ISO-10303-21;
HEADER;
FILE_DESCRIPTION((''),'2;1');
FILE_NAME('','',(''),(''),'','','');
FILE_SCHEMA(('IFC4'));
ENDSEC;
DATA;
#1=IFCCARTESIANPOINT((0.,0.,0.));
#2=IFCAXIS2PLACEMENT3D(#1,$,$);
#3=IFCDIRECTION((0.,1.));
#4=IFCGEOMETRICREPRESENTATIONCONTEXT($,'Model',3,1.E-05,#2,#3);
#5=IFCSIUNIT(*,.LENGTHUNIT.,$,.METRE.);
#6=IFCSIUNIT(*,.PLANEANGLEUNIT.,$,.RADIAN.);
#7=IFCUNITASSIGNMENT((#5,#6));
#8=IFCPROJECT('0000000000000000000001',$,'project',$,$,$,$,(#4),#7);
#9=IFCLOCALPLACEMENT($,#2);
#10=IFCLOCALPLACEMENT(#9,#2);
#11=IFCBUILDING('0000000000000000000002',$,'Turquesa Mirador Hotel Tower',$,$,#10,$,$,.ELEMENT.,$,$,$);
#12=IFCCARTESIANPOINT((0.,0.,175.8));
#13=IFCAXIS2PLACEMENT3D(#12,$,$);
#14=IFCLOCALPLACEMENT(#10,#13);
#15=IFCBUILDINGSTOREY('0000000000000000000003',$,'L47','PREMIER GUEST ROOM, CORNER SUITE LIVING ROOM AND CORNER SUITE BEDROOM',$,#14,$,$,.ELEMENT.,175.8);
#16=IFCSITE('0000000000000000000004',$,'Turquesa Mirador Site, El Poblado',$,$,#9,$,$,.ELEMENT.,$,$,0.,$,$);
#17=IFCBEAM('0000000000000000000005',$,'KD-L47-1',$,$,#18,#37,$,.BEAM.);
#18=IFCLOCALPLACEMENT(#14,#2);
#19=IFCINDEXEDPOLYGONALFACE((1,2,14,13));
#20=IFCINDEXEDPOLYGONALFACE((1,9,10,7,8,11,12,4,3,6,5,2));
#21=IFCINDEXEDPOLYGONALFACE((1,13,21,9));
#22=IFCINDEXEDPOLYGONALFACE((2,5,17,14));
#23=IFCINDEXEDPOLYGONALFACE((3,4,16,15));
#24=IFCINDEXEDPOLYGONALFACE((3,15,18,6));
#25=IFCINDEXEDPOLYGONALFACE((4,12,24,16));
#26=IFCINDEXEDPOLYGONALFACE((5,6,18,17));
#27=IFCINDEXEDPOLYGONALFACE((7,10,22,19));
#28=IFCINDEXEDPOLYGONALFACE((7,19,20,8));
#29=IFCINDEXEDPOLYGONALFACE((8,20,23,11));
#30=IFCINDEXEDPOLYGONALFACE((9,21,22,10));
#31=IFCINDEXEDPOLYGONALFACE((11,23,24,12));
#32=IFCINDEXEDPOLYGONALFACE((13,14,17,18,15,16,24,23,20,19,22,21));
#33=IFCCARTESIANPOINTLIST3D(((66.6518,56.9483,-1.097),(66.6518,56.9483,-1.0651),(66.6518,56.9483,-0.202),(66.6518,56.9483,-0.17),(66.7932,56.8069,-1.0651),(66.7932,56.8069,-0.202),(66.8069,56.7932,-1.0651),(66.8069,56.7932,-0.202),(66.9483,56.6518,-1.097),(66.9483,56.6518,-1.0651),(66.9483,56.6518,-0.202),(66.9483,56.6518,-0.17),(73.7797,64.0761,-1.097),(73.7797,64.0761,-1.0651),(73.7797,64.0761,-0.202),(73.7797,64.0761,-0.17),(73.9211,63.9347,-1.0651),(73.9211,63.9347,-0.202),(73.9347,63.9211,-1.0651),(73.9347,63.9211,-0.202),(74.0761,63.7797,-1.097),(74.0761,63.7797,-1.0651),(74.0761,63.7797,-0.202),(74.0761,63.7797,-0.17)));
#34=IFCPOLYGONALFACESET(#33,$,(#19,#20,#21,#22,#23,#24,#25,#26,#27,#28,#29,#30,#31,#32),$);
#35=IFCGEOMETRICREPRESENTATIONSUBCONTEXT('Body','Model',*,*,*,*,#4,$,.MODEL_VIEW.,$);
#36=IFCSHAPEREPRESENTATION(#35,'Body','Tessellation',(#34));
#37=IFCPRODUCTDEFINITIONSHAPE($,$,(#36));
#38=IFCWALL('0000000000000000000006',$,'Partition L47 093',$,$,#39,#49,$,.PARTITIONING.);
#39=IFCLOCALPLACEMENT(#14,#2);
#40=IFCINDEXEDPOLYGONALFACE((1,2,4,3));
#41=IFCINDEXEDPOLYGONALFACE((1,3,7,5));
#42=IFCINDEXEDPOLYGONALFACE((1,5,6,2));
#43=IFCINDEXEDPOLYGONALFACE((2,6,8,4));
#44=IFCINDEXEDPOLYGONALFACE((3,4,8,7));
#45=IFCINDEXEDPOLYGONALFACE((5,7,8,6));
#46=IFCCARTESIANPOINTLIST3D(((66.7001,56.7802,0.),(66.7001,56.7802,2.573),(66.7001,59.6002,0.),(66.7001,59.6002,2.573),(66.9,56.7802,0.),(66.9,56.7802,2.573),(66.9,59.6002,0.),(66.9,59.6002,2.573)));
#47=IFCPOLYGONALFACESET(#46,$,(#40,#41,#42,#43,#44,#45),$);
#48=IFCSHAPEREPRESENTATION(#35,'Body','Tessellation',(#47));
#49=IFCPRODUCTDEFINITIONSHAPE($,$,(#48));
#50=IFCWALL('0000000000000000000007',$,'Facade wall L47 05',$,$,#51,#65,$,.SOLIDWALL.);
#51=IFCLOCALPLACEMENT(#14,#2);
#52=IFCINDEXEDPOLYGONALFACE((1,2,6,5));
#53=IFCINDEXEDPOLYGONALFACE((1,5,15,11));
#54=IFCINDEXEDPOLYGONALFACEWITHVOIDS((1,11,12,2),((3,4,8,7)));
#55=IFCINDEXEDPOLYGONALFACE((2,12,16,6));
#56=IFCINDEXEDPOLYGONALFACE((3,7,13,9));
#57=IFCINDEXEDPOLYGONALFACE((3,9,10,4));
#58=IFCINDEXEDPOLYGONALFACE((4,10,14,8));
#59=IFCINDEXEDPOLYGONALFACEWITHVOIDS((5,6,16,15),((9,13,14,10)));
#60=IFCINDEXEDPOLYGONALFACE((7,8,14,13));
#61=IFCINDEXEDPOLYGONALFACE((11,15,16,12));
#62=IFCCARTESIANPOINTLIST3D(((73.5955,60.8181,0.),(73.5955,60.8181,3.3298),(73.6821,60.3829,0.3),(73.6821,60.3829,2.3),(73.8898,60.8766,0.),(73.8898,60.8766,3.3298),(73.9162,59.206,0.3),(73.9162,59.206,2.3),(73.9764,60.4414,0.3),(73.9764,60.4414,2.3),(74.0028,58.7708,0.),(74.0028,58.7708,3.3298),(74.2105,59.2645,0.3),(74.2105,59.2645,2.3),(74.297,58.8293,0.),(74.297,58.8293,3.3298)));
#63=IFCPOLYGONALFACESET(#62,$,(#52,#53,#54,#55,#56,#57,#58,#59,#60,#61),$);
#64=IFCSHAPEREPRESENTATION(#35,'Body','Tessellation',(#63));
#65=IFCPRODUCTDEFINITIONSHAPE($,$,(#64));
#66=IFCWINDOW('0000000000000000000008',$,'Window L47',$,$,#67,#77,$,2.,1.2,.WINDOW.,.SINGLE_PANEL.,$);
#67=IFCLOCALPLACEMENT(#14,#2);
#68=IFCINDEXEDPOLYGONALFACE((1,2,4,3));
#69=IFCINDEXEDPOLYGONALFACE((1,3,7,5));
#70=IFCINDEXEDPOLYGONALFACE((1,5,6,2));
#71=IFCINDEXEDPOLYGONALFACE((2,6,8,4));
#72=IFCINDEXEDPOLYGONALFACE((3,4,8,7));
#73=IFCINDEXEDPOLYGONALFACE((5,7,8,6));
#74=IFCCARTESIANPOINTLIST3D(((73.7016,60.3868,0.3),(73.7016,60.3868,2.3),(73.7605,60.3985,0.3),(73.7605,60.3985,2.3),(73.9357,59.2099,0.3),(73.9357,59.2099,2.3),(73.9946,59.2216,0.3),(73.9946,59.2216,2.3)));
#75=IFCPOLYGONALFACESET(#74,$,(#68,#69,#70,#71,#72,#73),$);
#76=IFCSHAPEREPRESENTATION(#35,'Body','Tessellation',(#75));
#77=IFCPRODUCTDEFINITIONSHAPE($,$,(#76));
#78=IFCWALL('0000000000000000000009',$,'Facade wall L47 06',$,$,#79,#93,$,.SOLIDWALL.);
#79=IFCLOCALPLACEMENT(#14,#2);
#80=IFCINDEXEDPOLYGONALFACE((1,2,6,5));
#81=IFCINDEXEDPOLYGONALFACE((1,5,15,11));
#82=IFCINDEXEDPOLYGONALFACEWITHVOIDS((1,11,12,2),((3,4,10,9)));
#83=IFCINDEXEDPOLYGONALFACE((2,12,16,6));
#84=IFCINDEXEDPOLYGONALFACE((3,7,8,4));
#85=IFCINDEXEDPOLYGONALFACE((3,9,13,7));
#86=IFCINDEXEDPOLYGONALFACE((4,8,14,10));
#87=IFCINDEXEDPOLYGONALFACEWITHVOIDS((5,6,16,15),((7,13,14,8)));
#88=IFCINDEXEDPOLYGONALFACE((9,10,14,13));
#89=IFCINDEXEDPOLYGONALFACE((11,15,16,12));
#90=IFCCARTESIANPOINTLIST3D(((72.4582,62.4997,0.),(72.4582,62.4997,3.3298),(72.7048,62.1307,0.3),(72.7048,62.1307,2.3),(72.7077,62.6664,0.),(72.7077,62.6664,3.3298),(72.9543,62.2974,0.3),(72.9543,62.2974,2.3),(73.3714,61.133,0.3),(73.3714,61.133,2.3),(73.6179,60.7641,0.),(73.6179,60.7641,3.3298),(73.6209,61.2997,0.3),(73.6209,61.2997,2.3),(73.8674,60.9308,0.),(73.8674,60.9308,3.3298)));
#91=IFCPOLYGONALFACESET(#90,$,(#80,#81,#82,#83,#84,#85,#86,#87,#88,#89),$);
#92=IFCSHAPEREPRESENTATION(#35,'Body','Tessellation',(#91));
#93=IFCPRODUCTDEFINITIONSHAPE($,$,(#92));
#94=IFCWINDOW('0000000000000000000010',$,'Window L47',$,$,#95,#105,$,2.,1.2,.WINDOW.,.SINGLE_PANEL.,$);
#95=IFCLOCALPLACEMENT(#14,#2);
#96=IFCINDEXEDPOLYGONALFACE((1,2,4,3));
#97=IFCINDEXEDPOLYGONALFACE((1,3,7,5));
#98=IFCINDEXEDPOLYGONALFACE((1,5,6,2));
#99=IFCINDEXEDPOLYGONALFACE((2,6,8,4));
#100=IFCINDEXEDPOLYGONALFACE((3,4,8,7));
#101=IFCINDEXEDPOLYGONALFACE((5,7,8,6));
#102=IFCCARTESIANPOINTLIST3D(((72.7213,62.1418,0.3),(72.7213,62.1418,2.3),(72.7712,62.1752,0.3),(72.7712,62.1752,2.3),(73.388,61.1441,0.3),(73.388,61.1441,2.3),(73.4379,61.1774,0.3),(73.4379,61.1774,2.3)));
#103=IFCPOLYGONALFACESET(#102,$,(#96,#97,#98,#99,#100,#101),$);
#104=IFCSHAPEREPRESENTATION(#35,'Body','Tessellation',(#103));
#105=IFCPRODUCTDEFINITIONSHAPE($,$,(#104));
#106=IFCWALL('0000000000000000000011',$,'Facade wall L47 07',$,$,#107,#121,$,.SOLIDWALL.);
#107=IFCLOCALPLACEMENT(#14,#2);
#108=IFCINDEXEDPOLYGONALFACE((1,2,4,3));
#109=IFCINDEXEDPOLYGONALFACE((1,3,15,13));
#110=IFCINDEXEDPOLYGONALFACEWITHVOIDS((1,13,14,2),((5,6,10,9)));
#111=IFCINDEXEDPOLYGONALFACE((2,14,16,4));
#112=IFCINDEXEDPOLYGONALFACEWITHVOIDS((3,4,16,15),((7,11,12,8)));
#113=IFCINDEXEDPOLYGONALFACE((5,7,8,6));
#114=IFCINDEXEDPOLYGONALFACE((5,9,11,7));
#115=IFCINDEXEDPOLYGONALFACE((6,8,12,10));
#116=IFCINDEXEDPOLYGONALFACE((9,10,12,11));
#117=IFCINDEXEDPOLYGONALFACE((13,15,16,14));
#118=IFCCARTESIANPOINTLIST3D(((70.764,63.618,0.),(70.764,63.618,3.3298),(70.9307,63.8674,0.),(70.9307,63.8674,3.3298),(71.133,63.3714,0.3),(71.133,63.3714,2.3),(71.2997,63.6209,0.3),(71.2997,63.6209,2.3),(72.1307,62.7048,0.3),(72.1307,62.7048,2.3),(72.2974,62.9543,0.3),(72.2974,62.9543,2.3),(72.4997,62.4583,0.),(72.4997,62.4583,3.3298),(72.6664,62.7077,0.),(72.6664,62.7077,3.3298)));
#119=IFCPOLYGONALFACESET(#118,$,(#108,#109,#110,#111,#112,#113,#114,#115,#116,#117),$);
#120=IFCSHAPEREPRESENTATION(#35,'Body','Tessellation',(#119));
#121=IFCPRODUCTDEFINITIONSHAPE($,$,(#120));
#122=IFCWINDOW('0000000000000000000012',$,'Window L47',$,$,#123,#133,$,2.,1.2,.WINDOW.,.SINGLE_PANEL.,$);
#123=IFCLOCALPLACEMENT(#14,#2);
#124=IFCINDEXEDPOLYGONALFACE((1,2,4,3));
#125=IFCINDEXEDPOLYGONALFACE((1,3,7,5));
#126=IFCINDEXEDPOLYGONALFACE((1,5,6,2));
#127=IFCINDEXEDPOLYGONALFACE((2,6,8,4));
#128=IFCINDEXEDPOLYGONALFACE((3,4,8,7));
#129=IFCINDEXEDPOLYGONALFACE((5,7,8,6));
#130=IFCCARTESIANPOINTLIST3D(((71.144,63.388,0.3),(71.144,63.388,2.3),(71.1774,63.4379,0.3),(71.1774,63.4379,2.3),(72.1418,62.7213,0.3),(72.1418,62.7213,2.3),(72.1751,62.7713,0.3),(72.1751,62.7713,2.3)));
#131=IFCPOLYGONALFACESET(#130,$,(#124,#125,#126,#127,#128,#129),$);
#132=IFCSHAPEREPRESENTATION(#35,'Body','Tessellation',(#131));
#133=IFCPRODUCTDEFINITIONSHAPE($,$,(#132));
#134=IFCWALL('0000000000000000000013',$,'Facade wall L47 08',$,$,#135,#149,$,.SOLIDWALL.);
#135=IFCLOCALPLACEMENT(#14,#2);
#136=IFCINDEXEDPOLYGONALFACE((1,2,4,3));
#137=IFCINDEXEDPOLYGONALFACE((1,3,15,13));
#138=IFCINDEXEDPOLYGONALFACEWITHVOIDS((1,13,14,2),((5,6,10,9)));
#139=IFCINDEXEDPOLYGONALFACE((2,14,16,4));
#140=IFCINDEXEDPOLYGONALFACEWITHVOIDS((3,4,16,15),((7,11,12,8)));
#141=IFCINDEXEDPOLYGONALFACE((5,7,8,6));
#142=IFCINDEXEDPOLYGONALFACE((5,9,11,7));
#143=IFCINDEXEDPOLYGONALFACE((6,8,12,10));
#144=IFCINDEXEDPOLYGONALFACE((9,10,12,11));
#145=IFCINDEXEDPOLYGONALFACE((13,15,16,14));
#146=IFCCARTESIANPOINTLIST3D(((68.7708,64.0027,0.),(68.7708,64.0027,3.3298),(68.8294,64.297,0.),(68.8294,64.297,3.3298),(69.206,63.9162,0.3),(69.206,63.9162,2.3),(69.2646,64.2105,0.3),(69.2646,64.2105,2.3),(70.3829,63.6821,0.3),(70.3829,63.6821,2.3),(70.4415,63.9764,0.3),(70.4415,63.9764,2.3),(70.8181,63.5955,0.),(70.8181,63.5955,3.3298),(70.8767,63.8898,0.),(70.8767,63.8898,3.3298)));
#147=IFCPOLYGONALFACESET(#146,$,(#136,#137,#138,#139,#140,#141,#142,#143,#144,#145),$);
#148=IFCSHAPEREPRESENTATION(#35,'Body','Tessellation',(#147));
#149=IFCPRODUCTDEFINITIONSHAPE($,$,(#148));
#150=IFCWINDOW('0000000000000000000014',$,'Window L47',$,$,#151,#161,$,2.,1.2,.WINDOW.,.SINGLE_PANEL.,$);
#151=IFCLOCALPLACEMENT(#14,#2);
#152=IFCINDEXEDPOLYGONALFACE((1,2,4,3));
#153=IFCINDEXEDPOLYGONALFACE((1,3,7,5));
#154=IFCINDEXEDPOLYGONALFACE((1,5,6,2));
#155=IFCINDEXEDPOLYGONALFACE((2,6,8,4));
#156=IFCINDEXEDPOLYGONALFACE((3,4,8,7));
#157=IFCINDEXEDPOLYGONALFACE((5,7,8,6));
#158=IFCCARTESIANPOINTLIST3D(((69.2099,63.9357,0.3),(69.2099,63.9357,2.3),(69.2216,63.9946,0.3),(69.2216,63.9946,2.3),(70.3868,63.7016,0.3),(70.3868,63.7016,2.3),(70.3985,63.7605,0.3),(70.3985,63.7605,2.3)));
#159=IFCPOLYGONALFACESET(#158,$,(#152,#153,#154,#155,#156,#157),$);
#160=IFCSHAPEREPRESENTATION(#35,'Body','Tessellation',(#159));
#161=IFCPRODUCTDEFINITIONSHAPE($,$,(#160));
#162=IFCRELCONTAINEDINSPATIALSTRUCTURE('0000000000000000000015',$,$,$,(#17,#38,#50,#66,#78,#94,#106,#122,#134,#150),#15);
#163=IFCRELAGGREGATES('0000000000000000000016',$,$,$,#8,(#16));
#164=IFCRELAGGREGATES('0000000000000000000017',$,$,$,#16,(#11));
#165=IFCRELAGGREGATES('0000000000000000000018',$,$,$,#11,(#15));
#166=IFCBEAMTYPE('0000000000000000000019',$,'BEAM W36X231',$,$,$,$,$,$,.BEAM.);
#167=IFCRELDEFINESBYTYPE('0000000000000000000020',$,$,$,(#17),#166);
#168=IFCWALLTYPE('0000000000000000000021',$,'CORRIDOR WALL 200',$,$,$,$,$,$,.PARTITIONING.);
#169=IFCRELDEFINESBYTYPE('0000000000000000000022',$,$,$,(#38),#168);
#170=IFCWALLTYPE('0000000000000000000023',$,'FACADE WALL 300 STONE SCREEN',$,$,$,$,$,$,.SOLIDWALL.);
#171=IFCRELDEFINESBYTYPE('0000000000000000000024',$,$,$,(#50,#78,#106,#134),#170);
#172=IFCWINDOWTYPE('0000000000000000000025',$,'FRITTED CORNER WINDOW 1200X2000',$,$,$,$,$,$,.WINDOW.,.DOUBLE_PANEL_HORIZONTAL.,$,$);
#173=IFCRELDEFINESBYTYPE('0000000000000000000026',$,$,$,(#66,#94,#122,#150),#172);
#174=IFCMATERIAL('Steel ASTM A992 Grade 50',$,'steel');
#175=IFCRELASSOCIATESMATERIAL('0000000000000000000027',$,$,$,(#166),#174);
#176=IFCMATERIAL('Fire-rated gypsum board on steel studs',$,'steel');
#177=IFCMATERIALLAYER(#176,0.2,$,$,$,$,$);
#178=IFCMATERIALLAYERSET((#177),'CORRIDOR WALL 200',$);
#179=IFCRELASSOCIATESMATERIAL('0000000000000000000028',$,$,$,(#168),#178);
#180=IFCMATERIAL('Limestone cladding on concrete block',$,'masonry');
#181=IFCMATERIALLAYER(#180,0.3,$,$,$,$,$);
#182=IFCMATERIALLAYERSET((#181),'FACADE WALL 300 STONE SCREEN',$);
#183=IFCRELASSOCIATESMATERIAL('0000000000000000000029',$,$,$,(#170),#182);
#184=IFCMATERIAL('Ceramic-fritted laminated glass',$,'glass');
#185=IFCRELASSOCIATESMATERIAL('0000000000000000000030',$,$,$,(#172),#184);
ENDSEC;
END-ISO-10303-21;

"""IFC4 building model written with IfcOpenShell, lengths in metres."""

from ifc_helpers import new_model, si_unit, direction, frame, frame_2d, origin, origin_2d, place, context, subcontext, project, spatial, rectangle, i_section, extrude, material, layer, layer_set, material_profile, profile_set, type_object, element, fill, save


model = new_model("IFC4")

# Units and contexts
model_context = context("Model", 3, precision=1e-05, world=origin(), true_north=direction((0.0, 1.0)))
body_context = subcontext(model_context, "Body", "Model", "MODEL_VIEW")
ifc_project = project(units=[si_unit("LENGTHUNIT", "METRE"), si_unit("PLANEANGLEUNIT", "RADIAN")], contexts=[model_context])

# Site, building, storey
site_placement = place(None, origin())
site = spatial("IfcSite", under=ifc_project, at=site_placement, Name="Turquesa Mirador Site, El Poblado", CompositionType="ELEMENT", RefElevation=0.0)
building_placement = place(site_placement, origin())
building = spatial("IfcBuilding", under=site, at=building_placement, Name="Turquesa Mirador Hotel Tower", CompositionType="ELEMENT")
storey_placement = place(building_placement, frame((0.0, 0.0, 175.8)))
storey = spatial("IfcBuildingStorey", under=building, at=storey_placement, Name="L47", Description="PREMIER GUEST ROOM, CORNER SUITE LIVING ROOM AND CORNER SUITE BEDROOM", CompositionType="ELEMENT", Elevation=175.8)

# Beam
ifc_material_1 = material(Name="Steel ASTM A992 Grade 50", Category="steel")
ifc_material_profile_1 = material_profile(ifc_material_1, i_section(OverallWidth=0.4192, OverallDepth=0.927, WebThickness=0.0193, FlangeThickness=0.032, at=origin_2d()), Name="W36X231")
ifc_profile_set_1 = profile_set([ifc_material_profile_1], Name="Steel ASTM A992 Grade 50")
beam_type_1 = type_object("IfcBeamType", Name="BEAM W36X231", PredefinedType="BEAM", material=ifc_profile_set_1)
beam_1_placement = place(storey_placement, frame((66.8, 56.8, -0.6335), z_axis=(0.707107, 0.707107, 0.0), x_axis=(-0.707107, 0.707107, 0.0)))
element("IfcBeam", 1, at=beam_1_placement, inside=storey, type_object=beam_type_1, Name="KD-L47-1", PredefinedType="BEAM", context=body_context, shape_type="SweptSolid", body=[
    extrude(i_section(OverallWidth=0.4192, OverallDepth=0.927, WebThickness=0.0193, FlangeThickness=0.032, at=origin_2d()), origin(), (0.0, 0.0, 1.0), 10.0803),
])

# Wall
ifc_material_2 = material(Name="Fire-rated gypsum board on steel studs", Category="steel")
ifc_layer_1 = layer(ifc_material_2, 0.2)
ifc_layer_set_1 = layer_set([ifc_layer_1], Name="CORRIDOR WALL 200")
wall_type_1 = type_object("IfcWallType", Name="CORRIDOR WALL 200", PredefinedType="PARTITIONING", material=ifc_layer_set_1)
wall_1_placement = place(storey_placement, frame((66.8, 56.78, 0.0), z_axis=(0.0, 0.0, 1.0), x_axis=(0.0, 1.0, 0.0)))
element("IfcWall", 2, at=wall_1_placement, inside=storey, type_object=wall_type_1, Name="Partition L47 093", PredefinedType="PARTITIONING", context=body_context, shape_type="SweptSolid", body=[
    extrude(rectangle(XDim=2.8201, YDim=0.2, at=frame_2d((1.4102, 0.0))), origin(), (0.0, 0.0, 1.0), 2.573),
])

# Walls, openings, windows
ifc_material_3 = material(Name="Limestone cladding on concrete block", Category="masonry")
ifc_layer_2 = layer(ifc_material_3, 0.3)
ifc_layer_set_2 = layer_set([ifc_layer_2], Name="FACADE WALL 300 STONE SCREEN")
wall_type_2 = type_object("IfcWallType", Name="FACADE WALL 300 STONE SCREEN", PredefinedType="SOLIDWALL", material=ifc_layer_set_2)
wall_2_placement = place(storey_placement, frame((74.1499, 58.8, 0.0), z_axis=(0.0, 0.0, 1.0), x_axis=(-0.195081, 0.980787, 0.0)))
wall_2 = element("IfcWall", 3, at=wall_2_placement, inside=storey, type_object=wall_type_2, Name="Facade wall L47 05", PredefinedType="SOLIDWALL", context=body_context, shape_type="SweptSolid", body=[
    extrude(rectangle(XDim=2.0874, YDim=0.3, at=frame_2d((1.0437, 0.0))), origin(), (0.0, 0.0, 1.0), 3.3298),
])
opening_1_placement = place(wall_2_placement, frame((0.4436, 0.0, 0.3)))
opening_1 = element("IfcOpeningElement", 4, at=opening_1_placement, cuts=wall_2, PredefinedType="OPENING", context=body_context, shape_type="SweptSolid", body=[
    extrude(rectangle(XDim=1.2, YDim=2.0, at=frame_2d((0.6001, 1.0))), frame((0.0, 0.1599, 0.0), z_axis=(0.0, -1.0, 0.0), x_axis=(1.0, 0.0, 0.0)), (0.0, 0.0, 1.0), 0.3201),
])
ifc_material_4 = material(Name="Ceramic-fritted laminated glass", Category="glass")
window_type_1 = type_object("IfcWindowType", Name="FRITTED CORNER WINDOW 1200X2000", PartitioningType="DOUBLE_PANEL_HORIZONTAL", PredefinedType="WINDOW", material=ifc_material_4)
window_1_placement = place(opening_1_placement, origin())
window_1 = element("IfcWindow", 5, at=window_1_placement, inside=storey, type_object=window_type_1, Name="Window L47", OverallHeight=2.0, OverallWidth=1.2, PartitioningType="SINGLE_PANEL", PredefinedType="WINDOW", context=body_context, shape_type="SweptSolid", body=[
    extrude(rectangle(XDim=1.2, YDim=2.0, at=frame_2d((0.6001, 1.0))), frame((0.0, 0.1301, 0.0), z_axis=(0.0, -1.0, 0.0), x_axis=(1.0, 0.0, 0.0)), (0.0, 0.0, 1.0), 0.0601),
])
fill(opening_1, window_1)
wall_3_placement = place(storey_placement, frame((73.7427, 60.8474, 0.0), z_axis=(0.0, 0.0, 1.0), x_axis=(-0.555564, 0.831474, 0.0)))
wall_3 = element("IfcWall", 6, at=wall_3_placement, inside=storey, type_object=wall_type_2, Name="Facade wall L47 06", PredefinedType="SOLIDWALL", context=body_context, shape_type="SweptSolid", body=[
    extrude(rectangle(XDim=2.0874, YDim=0.3, at=frame_2d((1.0437, 0.0))), origin(), (0.0, 0.0, 1.0), 3.3298),
])
opening_2_placement = place(wall_3_placement, frame((0.4436, 0.0, 0.3)))
opening_2 = element("IfcOpeningElement", 7, at=opening_2_placement, cuts=wall_3, PredefinedType="OPENING", context=body_context, shape_type="SweptSolid", body=[
    extrude(rectangle(XDim=1.2, YDim=2.0, at=frame_2d((0.6001, 1.0))), frame((0.0, 0.1599, 0.0), z_axis=(0.0, -1.0, 0.0), x_axis=(1.0, 0.0, 0.0)), (0.0, 0.0, 1.0), 0.3201),
])
window_2_placement = place(opening_2_placement, origin())
window_2 = element("IfcWindow", 8, at=window_2_placement, inside=storey, type_object=window_type_1, Name="Window L47", OverallHeight=2.0, OverallWidth=1.2, PartitioningType="SINGLE_PANEL", PredefinedType="WINDOW", context=body_context, shape_type="SweptSolid", body=[
    extrude(rectangle(XDim=1.2, YDim=2.0, at=frame_2d((0.6001, 1.0))), frame((0.0, 0.1301, 0.0), z_axis=(0.0, -1.0, 0.0), x_axis=(1.0, 0.0, 0.0)), (0.0, 0.0, 1.0), 0.0601),
])
fill(opening_2, window_2)
wall_4_placement = place(storey_placement, frame((72.583, 62.583, 0.0), z_axis=(0.0, 0.0, 1.0), x_axis=(-0.831474, 0.555564, 0.0)))
wall_4 = element("IfcWall", 9, at=wall_4_placement, inside=storey, type_object=wall_type_2, Name="Facade wall L47 07", PredefinedType="SOLIDWALL", context=body_context, shape_type="SweptSolid", body=[
    extrude(rectangle(XDim=2.0874, YDim=0.3, at=frame_2d((1.0437, 0.0))), origin(), (0.0, 0.0, 1.0), 3.3298),
])
opening_3_placement = place(wall_4_placement, frame((0.4436, 0.0, 0.3)))
opening_3 = element("IfcOpeningElement", 10, at=opening_3_placement, cuts=wall_4, PredefinedType="OPENING", context=body_context, shape_type="SweptSolid", body=[
    extrude(rectangle(XDim=1.2, YDim=2.0, at=frame_2d((0.6001, 1.0))), frame((0.0, 0.1599, 0.0), z_axis=(0.0, -1.0, 0.0), x_axis=(1.0, 0.0, 0.0)), (0.0, 0.0, 1.0), 0.3201),
])
window_3_placement = place(opening_3_placement, origin())
window_3 = element("IfcWindow", 11, at=window_3_placement, inside=storey, type_object=window_type_1, Name="Window L47", OverallHeight=2.0, OverallWidth=1.2, PartitioningType="SINGLE_PANEL", PredefinedType="WINDOW", context=body_context, shape_type="SweptSolid", body=[
    extrude(rectangle(XDim=1.2, YDim=2.0, at=frame_2d((0.6001, 1.0))), frame((0.0, 0.1301, 0.0), z_axis=(0.0, -1.0, 0.0), x_axis=(1.0, 0.0, 0.0)), (0.0, 0.0, 1.0), 0.0601),
])
fill(opening_3, window_3)
wall_5_placement = place(storey_placement, frame((70.8474, 63.7427, 0.0), z_axis=(0.0, 0.0, 1.0), x_axis=(-0.980787, 0.195081, 0.0)))
wall_5 = element("IfcWall", 12, at=wall_5_placement, inside=storey, type_object=wall_type_2, Name="Facade wall L47 08", PredefinedType="SOLIDWALL", context=body_context, shape_type="SweptSolid", body=[
    extrude(rectangle(XDim=2.0874, YDim=0.3, at=frame_2d((1.0437, 0.0))), origin(), (0.0, 0.0, 1.0), 3.3298),
])
opening_4_placement = place(wall_5_placement, frame((0.4436, 0.0, 0.3)))
opening_4 = element("IfcOpeningElement", 13, at=opening_4_placement, cuts=wall_5, PredefinedType="OPENING", context=body_context, shape_type="SweptSolid", body=[
    extrude(rectangle(XDim=1.2, YDim=2.0, at=frame_2d((0.6001, 1.0))), frame((0.0, 0.1599, 0.0), z_axis=(0.0, -1.0, 0.0), x_axis=(1.0, 0.0, 0.0)), (0.0, 0.0, 1.0), 0.3201),
])
window_4_placement = place(opening_4_placement, origin())
window_4 = element("IfcWindow", 14, at=window_4_placement, inside=storey, type_object=window_type_1, Name="Window L47", OverallHeight=2.0, OverallWidth=1.2, PartitioningType="SINGLE_PANEL", PredefinedType="WINDOW", context=body_context, shape_type="SweptSolid", body=[
    extrude(rectangle(XDim=1.2, YDim=2.0, at=frame_2d((0.6001, 1.0))), frame((0.0, 0.1301, 0.0), z_axis=(0.0, -1.0, 0.0), x_axis=(1.0, 0.0, 0.0)), (0.0, 0.0, 1.0), 0.0601),
])
fill(opening_4, window_4)

save(model, "model.ifc")
